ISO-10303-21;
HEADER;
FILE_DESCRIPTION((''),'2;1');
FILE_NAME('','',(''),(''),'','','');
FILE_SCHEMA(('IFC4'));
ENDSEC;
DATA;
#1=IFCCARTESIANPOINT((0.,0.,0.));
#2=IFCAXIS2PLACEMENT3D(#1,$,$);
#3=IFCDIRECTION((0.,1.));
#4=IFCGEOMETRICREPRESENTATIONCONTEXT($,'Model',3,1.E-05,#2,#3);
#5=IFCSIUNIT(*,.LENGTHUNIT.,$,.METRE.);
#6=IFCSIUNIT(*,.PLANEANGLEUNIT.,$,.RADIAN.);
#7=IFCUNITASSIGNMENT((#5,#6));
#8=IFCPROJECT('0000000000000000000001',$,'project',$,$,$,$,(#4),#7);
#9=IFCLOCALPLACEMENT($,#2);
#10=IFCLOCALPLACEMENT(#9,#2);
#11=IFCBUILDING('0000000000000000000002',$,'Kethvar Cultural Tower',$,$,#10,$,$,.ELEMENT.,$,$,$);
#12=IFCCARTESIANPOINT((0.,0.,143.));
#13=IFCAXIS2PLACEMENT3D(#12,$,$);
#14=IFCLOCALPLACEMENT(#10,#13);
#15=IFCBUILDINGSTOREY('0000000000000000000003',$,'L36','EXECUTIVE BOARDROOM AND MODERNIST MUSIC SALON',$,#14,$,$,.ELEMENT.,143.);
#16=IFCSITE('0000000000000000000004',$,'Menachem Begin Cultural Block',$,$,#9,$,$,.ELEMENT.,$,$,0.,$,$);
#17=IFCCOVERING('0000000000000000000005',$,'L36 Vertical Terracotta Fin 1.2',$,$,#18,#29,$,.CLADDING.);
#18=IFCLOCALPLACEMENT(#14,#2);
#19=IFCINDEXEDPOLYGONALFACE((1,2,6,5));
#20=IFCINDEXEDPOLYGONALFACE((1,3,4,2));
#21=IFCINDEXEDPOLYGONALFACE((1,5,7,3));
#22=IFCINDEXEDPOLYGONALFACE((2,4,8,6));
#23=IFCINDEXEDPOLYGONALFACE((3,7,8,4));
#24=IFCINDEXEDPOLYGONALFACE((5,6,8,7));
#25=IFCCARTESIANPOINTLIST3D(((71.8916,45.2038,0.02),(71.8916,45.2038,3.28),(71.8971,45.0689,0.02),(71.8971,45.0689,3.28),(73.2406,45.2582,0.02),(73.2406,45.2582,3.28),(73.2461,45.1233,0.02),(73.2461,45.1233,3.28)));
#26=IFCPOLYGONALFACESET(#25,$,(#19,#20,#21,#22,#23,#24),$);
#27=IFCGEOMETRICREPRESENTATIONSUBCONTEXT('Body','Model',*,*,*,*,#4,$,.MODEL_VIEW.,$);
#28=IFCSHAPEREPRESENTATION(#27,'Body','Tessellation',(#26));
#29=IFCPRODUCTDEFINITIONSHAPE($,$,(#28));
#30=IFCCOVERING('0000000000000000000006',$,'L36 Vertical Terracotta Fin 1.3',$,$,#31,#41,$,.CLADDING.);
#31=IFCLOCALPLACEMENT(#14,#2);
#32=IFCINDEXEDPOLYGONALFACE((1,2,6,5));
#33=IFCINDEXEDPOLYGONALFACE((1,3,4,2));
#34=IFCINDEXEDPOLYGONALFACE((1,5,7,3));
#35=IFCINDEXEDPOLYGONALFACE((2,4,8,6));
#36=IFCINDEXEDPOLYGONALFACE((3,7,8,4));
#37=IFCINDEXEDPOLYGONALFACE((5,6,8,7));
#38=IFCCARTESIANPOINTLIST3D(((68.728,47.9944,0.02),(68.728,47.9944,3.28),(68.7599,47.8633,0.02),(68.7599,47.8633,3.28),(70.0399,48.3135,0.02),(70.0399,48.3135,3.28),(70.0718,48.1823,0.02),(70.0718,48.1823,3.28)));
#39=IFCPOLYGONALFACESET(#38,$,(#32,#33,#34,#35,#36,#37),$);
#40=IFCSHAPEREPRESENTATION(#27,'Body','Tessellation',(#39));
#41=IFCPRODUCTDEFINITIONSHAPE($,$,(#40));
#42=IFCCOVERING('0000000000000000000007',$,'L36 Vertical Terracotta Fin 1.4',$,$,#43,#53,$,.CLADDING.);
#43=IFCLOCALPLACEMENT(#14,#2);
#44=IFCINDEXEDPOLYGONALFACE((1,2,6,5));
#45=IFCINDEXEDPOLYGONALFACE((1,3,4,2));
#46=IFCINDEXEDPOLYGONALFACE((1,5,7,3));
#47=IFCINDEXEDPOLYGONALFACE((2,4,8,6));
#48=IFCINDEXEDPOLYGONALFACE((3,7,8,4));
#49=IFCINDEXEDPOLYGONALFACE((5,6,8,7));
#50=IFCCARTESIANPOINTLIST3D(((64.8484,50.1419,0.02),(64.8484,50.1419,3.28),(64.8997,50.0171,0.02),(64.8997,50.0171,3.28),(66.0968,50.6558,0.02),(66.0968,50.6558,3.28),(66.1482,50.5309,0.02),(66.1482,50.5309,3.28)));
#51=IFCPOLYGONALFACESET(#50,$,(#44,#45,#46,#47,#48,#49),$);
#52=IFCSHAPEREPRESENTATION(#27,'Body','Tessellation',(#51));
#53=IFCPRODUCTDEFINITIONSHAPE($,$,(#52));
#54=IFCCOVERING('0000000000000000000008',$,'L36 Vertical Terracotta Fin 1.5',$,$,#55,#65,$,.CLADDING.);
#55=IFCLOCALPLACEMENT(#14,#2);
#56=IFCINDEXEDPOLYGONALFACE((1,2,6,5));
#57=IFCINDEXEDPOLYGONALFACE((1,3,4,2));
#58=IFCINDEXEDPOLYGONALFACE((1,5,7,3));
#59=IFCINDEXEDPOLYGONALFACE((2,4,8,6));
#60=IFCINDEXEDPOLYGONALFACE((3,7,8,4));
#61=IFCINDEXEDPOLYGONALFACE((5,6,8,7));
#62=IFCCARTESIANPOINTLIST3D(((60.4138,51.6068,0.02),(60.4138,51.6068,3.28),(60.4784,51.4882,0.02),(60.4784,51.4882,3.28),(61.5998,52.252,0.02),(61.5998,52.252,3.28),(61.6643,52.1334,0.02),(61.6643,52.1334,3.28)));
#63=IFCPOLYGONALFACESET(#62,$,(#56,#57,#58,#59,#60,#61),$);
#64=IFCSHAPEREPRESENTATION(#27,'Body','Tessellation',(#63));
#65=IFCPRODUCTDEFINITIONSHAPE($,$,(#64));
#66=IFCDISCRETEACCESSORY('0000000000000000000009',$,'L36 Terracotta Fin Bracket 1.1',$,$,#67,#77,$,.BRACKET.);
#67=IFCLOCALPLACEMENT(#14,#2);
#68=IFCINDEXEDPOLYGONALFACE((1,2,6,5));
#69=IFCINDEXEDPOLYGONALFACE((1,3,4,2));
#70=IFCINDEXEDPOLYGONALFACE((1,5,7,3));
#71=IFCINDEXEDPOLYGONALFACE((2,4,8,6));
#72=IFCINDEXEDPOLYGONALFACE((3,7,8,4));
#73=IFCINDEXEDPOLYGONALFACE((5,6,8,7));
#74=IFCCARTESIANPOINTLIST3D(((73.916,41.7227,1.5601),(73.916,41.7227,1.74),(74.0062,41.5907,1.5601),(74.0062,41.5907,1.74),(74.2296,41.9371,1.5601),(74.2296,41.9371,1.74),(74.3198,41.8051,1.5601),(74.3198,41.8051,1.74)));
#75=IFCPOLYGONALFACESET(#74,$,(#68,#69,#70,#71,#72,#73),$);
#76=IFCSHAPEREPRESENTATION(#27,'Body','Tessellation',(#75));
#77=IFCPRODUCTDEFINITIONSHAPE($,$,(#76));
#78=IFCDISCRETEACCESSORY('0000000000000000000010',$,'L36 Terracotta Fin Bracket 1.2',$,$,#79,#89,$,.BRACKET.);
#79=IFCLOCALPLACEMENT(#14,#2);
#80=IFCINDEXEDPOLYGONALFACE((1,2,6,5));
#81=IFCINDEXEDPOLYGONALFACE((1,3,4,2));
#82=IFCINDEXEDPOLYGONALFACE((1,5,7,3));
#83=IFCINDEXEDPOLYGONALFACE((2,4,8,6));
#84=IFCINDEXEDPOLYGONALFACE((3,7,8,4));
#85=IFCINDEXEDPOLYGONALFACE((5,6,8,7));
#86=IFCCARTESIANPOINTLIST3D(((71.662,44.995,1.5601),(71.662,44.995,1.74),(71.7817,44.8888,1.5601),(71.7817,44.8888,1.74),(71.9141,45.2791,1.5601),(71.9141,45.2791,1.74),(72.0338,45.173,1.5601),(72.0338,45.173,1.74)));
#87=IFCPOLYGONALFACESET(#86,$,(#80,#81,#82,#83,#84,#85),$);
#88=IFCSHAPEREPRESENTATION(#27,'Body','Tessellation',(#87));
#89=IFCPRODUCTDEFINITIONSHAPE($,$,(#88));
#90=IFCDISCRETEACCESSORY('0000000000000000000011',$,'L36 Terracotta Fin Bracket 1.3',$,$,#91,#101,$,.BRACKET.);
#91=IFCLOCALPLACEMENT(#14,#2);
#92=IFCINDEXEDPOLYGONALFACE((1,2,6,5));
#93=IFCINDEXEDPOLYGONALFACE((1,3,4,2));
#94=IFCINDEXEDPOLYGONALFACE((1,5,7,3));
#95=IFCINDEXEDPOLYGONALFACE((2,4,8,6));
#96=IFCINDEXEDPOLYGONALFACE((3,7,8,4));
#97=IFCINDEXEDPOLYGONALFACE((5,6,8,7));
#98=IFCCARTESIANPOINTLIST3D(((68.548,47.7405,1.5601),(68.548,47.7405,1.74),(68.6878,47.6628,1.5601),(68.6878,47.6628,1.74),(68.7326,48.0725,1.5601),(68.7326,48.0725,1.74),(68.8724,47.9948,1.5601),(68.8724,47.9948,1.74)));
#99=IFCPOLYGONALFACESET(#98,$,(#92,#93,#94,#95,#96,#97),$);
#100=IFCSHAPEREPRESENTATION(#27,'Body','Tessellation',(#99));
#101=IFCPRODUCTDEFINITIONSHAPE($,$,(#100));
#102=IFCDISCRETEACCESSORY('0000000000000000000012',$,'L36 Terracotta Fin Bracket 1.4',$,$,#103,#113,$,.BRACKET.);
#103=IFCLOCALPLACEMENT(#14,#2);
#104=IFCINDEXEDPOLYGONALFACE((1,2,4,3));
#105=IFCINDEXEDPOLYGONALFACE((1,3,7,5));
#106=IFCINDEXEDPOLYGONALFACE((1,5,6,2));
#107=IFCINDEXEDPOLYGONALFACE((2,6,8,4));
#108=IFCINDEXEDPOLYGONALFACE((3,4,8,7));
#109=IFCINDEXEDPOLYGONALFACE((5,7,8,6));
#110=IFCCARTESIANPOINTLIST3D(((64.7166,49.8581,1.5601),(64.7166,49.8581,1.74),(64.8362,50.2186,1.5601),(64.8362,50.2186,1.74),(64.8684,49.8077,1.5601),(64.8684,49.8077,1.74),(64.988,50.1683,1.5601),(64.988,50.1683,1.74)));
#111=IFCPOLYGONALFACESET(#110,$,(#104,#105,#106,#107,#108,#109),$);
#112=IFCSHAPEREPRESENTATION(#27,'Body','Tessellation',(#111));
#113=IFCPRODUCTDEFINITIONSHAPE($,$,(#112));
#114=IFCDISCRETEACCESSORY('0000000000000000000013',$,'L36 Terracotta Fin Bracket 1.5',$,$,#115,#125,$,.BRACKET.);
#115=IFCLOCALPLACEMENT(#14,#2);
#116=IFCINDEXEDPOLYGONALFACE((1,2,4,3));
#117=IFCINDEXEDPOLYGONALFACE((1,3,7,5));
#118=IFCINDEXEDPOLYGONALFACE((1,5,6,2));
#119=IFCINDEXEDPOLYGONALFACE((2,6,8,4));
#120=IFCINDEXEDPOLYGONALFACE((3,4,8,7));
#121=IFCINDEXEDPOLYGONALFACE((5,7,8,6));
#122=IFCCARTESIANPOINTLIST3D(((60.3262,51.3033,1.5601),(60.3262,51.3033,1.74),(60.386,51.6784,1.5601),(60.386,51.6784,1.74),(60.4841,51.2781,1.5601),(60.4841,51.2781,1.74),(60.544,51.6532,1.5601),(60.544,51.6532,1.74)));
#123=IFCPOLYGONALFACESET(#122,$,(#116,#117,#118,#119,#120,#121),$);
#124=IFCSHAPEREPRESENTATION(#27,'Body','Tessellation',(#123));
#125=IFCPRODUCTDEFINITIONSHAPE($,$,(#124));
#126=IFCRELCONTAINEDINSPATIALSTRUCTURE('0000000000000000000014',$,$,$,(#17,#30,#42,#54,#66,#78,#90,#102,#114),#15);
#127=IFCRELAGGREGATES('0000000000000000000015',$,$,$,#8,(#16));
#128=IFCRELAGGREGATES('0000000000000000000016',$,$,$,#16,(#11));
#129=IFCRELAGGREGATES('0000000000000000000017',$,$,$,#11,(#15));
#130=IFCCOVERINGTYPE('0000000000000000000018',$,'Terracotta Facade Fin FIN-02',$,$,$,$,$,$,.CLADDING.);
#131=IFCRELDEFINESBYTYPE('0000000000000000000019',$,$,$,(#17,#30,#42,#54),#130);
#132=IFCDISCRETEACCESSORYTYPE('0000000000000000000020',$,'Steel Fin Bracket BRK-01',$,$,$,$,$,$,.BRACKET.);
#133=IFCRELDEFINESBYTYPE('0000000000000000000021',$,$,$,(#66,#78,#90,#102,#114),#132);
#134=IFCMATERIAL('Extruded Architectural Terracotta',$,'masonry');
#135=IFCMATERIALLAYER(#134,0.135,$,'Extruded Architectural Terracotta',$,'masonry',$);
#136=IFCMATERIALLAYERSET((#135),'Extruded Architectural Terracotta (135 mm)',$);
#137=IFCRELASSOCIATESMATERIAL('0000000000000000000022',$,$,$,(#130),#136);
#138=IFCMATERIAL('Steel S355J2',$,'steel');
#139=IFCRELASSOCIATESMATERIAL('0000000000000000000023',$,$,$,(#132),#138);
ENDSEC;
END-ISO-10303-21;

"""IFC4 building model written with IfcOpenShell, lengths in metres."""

from ifc_helpers import new_model, si_unit, direction, frame, origin, origin_2d, place, context, subcontext, project, spatial, rectangle, extrude, source, transform, mapped, material, layer, layer_set, type_object, element, save


model = new_model("IFC4")

# Units and contexts
model_context = context("Model", 3, precision=1e-05, world=origin(), true_north=direction((0.0, 1.0)))
body_context = subcontext(model_context, "Body", "Model", "MODEL_VIEW")
ifc_project = project(units=[si_unit("LENGTHUNIT", "METRE"), si_unit("PLANEANGLEUNIT", "RADIAN")], contexts=[model_context])

# Site, building, storey
site_placement = place(None, origin())
site = spatial("IfcSite", under=ifc_project, at=site_placement, Name="Menachem Begin Cultural Block", CompositionType="ELEMENT", RefElevation=0.0)
building_placement = place(site_placement, origin())
building = spatial("IfcBuilding", under=site, at=building_placement, Name="Kethvar Cultural Tower", CompositionType="ELEMENT")
storey_placement = place(building_placement, frame((0.0, 0.0, 143.0)))
storey = spatial("IfcBuildingStorey", under=building, at=storey_placement, Name="L36", Description="EXECUTIVE BOARDROOM AND MODERNIST MUSIC SALON", CompositionType="ELEMENT", Elevation=143.0)

# Shared definitions
ifc_material_1 = material(Name="Steel S355J2", Category="steel")

# Coverings
ifc_material_2 = material(Name="Extruded Architectural Terracotta", Category="masonry")
ifc_layer_1 = layer(ifc_material_2, 0.135, Name="Extruded Architectural Terracotta", Category="masonry")
ifc_layer_set_1 = layer_set([ifc_layer_1], Name="Extruded Architectural Terracotta (135 mm)")
covering_type = type_object("IfcCoveringType", Name="Terracotta Facade Fin FIN-02", PredefinedType="CLADDING", material=ifc_layer_set_1)
shared_shape_1 = source(origin(), body_context, "Body", "SweptSolid", [
    extrude(rectangle(XDim=1.3501, YDim=0.135, at=origin_2d()), origin(), (0.0, 0.0, 1.0), 3.26),
])
for number, where, z_axis, x_axis, name in (
    (1, (72.5688, 45.1636, 0.02), (0.0, 0.0, 1.0), (0.999187, 0.040306, 0.0), "L36 Vertical Terracotta Fin 1.2"),
    (2, (69.3999, 48.0884, 0.02), (0.0, 0.0, 1.0), (0.971673, 0.236329, 0.0), "L36 Vertical Terracotta Fin 1.3"),
    (3, (65.4983, 50.3364, 0.02), (0.0, 0.0, 1.0), (0.924745, 0.380586, 0.0), "L36 Vertical Terracotta Fin 1.4"),
    (4, (61.0391, 51.8701, 0.02), (0.0, 0.0, 1.0), (0.8784, 0.477925, 0.0), "L36 Vertical Terracotta Fin 1.5"),
):
    element("IfcCovering", number, at=place(storey_placement, frame(where, z_axis=z_axis, x_axis=x_axis)), inside=storey, type_object=covering_type, Name=name, PredefinedType="CLADDING", context=body_context, shape_type="MappedRepresentation", body=[
        mapped(shared_shape_1, transform((0.0, 0.0, 0.0), scale=1.0)),
    ])

# Discrete accessories
discrete_accessory_type = type_object("IfcDiscreteAccessoryType", Name="Steel Fin Bracket BRK-01", PredefinedType="BRACKET", material=ifc_material_1)
shared_shape_2 = source(origin(), body_context, "Body", "SweptSolid", [
    extrude(rectangle(XDim=0.3799, YDim=0.1599, at=origin_2d()), origin(), (0.0, 0.0, 1.0), 0.1799),
])
for number, where, z_axis, x_axis, name in (
    (5, (74.1179, 41.7639, 1.5601), (0.0, 0.0, 1.0), (0.825508, 0.564391, 0.0), "L36 Terracotta Fin Bracket 1.1"),
    (6, (71.8479, 45.084, 1.5601), (0.0, 0.0, 1.0), (0.663665, 0.74803, 0.0), "L36 Terracotta Fin Bracket 1.2"),
    (7, (68.7102, 47.8677, 1.5601), (0.0, 0.0, 1.0), (0.48603, 0.873942, 0.0), "L36 Terracotta Fin Bracket 1.3"),
    (8, (64.8523, 50.0132, 1.5601), (0.0, 0.0, 1.0), (0.314821, 0.949151, 0.0), "L36 Terracotta Fin Bracket 1.4"),
    (9, (60.4351, 51.4783, 1.5601), (0.0, 0.0, 1.0), (0.157641, 0.987496, 0.0), "L36 Terracotta Fin Bracket 1.5"),
):
    element("IfcDiscreteAccessory", number, at=place(storey_placement, frame(where, z_axis=z_axis, x_axis=x_axis)), inside=storey, type_object=discrete_accessory_type, Name=name, PredefinedType="BRACKET", context=body_context, shape_type="MappedRepresentation", body=[
        mapped(shared_shape_2, transform((0.0, 0.0, 0.0), scale=1.0)),
    ])

save(model, "model.ifc")
